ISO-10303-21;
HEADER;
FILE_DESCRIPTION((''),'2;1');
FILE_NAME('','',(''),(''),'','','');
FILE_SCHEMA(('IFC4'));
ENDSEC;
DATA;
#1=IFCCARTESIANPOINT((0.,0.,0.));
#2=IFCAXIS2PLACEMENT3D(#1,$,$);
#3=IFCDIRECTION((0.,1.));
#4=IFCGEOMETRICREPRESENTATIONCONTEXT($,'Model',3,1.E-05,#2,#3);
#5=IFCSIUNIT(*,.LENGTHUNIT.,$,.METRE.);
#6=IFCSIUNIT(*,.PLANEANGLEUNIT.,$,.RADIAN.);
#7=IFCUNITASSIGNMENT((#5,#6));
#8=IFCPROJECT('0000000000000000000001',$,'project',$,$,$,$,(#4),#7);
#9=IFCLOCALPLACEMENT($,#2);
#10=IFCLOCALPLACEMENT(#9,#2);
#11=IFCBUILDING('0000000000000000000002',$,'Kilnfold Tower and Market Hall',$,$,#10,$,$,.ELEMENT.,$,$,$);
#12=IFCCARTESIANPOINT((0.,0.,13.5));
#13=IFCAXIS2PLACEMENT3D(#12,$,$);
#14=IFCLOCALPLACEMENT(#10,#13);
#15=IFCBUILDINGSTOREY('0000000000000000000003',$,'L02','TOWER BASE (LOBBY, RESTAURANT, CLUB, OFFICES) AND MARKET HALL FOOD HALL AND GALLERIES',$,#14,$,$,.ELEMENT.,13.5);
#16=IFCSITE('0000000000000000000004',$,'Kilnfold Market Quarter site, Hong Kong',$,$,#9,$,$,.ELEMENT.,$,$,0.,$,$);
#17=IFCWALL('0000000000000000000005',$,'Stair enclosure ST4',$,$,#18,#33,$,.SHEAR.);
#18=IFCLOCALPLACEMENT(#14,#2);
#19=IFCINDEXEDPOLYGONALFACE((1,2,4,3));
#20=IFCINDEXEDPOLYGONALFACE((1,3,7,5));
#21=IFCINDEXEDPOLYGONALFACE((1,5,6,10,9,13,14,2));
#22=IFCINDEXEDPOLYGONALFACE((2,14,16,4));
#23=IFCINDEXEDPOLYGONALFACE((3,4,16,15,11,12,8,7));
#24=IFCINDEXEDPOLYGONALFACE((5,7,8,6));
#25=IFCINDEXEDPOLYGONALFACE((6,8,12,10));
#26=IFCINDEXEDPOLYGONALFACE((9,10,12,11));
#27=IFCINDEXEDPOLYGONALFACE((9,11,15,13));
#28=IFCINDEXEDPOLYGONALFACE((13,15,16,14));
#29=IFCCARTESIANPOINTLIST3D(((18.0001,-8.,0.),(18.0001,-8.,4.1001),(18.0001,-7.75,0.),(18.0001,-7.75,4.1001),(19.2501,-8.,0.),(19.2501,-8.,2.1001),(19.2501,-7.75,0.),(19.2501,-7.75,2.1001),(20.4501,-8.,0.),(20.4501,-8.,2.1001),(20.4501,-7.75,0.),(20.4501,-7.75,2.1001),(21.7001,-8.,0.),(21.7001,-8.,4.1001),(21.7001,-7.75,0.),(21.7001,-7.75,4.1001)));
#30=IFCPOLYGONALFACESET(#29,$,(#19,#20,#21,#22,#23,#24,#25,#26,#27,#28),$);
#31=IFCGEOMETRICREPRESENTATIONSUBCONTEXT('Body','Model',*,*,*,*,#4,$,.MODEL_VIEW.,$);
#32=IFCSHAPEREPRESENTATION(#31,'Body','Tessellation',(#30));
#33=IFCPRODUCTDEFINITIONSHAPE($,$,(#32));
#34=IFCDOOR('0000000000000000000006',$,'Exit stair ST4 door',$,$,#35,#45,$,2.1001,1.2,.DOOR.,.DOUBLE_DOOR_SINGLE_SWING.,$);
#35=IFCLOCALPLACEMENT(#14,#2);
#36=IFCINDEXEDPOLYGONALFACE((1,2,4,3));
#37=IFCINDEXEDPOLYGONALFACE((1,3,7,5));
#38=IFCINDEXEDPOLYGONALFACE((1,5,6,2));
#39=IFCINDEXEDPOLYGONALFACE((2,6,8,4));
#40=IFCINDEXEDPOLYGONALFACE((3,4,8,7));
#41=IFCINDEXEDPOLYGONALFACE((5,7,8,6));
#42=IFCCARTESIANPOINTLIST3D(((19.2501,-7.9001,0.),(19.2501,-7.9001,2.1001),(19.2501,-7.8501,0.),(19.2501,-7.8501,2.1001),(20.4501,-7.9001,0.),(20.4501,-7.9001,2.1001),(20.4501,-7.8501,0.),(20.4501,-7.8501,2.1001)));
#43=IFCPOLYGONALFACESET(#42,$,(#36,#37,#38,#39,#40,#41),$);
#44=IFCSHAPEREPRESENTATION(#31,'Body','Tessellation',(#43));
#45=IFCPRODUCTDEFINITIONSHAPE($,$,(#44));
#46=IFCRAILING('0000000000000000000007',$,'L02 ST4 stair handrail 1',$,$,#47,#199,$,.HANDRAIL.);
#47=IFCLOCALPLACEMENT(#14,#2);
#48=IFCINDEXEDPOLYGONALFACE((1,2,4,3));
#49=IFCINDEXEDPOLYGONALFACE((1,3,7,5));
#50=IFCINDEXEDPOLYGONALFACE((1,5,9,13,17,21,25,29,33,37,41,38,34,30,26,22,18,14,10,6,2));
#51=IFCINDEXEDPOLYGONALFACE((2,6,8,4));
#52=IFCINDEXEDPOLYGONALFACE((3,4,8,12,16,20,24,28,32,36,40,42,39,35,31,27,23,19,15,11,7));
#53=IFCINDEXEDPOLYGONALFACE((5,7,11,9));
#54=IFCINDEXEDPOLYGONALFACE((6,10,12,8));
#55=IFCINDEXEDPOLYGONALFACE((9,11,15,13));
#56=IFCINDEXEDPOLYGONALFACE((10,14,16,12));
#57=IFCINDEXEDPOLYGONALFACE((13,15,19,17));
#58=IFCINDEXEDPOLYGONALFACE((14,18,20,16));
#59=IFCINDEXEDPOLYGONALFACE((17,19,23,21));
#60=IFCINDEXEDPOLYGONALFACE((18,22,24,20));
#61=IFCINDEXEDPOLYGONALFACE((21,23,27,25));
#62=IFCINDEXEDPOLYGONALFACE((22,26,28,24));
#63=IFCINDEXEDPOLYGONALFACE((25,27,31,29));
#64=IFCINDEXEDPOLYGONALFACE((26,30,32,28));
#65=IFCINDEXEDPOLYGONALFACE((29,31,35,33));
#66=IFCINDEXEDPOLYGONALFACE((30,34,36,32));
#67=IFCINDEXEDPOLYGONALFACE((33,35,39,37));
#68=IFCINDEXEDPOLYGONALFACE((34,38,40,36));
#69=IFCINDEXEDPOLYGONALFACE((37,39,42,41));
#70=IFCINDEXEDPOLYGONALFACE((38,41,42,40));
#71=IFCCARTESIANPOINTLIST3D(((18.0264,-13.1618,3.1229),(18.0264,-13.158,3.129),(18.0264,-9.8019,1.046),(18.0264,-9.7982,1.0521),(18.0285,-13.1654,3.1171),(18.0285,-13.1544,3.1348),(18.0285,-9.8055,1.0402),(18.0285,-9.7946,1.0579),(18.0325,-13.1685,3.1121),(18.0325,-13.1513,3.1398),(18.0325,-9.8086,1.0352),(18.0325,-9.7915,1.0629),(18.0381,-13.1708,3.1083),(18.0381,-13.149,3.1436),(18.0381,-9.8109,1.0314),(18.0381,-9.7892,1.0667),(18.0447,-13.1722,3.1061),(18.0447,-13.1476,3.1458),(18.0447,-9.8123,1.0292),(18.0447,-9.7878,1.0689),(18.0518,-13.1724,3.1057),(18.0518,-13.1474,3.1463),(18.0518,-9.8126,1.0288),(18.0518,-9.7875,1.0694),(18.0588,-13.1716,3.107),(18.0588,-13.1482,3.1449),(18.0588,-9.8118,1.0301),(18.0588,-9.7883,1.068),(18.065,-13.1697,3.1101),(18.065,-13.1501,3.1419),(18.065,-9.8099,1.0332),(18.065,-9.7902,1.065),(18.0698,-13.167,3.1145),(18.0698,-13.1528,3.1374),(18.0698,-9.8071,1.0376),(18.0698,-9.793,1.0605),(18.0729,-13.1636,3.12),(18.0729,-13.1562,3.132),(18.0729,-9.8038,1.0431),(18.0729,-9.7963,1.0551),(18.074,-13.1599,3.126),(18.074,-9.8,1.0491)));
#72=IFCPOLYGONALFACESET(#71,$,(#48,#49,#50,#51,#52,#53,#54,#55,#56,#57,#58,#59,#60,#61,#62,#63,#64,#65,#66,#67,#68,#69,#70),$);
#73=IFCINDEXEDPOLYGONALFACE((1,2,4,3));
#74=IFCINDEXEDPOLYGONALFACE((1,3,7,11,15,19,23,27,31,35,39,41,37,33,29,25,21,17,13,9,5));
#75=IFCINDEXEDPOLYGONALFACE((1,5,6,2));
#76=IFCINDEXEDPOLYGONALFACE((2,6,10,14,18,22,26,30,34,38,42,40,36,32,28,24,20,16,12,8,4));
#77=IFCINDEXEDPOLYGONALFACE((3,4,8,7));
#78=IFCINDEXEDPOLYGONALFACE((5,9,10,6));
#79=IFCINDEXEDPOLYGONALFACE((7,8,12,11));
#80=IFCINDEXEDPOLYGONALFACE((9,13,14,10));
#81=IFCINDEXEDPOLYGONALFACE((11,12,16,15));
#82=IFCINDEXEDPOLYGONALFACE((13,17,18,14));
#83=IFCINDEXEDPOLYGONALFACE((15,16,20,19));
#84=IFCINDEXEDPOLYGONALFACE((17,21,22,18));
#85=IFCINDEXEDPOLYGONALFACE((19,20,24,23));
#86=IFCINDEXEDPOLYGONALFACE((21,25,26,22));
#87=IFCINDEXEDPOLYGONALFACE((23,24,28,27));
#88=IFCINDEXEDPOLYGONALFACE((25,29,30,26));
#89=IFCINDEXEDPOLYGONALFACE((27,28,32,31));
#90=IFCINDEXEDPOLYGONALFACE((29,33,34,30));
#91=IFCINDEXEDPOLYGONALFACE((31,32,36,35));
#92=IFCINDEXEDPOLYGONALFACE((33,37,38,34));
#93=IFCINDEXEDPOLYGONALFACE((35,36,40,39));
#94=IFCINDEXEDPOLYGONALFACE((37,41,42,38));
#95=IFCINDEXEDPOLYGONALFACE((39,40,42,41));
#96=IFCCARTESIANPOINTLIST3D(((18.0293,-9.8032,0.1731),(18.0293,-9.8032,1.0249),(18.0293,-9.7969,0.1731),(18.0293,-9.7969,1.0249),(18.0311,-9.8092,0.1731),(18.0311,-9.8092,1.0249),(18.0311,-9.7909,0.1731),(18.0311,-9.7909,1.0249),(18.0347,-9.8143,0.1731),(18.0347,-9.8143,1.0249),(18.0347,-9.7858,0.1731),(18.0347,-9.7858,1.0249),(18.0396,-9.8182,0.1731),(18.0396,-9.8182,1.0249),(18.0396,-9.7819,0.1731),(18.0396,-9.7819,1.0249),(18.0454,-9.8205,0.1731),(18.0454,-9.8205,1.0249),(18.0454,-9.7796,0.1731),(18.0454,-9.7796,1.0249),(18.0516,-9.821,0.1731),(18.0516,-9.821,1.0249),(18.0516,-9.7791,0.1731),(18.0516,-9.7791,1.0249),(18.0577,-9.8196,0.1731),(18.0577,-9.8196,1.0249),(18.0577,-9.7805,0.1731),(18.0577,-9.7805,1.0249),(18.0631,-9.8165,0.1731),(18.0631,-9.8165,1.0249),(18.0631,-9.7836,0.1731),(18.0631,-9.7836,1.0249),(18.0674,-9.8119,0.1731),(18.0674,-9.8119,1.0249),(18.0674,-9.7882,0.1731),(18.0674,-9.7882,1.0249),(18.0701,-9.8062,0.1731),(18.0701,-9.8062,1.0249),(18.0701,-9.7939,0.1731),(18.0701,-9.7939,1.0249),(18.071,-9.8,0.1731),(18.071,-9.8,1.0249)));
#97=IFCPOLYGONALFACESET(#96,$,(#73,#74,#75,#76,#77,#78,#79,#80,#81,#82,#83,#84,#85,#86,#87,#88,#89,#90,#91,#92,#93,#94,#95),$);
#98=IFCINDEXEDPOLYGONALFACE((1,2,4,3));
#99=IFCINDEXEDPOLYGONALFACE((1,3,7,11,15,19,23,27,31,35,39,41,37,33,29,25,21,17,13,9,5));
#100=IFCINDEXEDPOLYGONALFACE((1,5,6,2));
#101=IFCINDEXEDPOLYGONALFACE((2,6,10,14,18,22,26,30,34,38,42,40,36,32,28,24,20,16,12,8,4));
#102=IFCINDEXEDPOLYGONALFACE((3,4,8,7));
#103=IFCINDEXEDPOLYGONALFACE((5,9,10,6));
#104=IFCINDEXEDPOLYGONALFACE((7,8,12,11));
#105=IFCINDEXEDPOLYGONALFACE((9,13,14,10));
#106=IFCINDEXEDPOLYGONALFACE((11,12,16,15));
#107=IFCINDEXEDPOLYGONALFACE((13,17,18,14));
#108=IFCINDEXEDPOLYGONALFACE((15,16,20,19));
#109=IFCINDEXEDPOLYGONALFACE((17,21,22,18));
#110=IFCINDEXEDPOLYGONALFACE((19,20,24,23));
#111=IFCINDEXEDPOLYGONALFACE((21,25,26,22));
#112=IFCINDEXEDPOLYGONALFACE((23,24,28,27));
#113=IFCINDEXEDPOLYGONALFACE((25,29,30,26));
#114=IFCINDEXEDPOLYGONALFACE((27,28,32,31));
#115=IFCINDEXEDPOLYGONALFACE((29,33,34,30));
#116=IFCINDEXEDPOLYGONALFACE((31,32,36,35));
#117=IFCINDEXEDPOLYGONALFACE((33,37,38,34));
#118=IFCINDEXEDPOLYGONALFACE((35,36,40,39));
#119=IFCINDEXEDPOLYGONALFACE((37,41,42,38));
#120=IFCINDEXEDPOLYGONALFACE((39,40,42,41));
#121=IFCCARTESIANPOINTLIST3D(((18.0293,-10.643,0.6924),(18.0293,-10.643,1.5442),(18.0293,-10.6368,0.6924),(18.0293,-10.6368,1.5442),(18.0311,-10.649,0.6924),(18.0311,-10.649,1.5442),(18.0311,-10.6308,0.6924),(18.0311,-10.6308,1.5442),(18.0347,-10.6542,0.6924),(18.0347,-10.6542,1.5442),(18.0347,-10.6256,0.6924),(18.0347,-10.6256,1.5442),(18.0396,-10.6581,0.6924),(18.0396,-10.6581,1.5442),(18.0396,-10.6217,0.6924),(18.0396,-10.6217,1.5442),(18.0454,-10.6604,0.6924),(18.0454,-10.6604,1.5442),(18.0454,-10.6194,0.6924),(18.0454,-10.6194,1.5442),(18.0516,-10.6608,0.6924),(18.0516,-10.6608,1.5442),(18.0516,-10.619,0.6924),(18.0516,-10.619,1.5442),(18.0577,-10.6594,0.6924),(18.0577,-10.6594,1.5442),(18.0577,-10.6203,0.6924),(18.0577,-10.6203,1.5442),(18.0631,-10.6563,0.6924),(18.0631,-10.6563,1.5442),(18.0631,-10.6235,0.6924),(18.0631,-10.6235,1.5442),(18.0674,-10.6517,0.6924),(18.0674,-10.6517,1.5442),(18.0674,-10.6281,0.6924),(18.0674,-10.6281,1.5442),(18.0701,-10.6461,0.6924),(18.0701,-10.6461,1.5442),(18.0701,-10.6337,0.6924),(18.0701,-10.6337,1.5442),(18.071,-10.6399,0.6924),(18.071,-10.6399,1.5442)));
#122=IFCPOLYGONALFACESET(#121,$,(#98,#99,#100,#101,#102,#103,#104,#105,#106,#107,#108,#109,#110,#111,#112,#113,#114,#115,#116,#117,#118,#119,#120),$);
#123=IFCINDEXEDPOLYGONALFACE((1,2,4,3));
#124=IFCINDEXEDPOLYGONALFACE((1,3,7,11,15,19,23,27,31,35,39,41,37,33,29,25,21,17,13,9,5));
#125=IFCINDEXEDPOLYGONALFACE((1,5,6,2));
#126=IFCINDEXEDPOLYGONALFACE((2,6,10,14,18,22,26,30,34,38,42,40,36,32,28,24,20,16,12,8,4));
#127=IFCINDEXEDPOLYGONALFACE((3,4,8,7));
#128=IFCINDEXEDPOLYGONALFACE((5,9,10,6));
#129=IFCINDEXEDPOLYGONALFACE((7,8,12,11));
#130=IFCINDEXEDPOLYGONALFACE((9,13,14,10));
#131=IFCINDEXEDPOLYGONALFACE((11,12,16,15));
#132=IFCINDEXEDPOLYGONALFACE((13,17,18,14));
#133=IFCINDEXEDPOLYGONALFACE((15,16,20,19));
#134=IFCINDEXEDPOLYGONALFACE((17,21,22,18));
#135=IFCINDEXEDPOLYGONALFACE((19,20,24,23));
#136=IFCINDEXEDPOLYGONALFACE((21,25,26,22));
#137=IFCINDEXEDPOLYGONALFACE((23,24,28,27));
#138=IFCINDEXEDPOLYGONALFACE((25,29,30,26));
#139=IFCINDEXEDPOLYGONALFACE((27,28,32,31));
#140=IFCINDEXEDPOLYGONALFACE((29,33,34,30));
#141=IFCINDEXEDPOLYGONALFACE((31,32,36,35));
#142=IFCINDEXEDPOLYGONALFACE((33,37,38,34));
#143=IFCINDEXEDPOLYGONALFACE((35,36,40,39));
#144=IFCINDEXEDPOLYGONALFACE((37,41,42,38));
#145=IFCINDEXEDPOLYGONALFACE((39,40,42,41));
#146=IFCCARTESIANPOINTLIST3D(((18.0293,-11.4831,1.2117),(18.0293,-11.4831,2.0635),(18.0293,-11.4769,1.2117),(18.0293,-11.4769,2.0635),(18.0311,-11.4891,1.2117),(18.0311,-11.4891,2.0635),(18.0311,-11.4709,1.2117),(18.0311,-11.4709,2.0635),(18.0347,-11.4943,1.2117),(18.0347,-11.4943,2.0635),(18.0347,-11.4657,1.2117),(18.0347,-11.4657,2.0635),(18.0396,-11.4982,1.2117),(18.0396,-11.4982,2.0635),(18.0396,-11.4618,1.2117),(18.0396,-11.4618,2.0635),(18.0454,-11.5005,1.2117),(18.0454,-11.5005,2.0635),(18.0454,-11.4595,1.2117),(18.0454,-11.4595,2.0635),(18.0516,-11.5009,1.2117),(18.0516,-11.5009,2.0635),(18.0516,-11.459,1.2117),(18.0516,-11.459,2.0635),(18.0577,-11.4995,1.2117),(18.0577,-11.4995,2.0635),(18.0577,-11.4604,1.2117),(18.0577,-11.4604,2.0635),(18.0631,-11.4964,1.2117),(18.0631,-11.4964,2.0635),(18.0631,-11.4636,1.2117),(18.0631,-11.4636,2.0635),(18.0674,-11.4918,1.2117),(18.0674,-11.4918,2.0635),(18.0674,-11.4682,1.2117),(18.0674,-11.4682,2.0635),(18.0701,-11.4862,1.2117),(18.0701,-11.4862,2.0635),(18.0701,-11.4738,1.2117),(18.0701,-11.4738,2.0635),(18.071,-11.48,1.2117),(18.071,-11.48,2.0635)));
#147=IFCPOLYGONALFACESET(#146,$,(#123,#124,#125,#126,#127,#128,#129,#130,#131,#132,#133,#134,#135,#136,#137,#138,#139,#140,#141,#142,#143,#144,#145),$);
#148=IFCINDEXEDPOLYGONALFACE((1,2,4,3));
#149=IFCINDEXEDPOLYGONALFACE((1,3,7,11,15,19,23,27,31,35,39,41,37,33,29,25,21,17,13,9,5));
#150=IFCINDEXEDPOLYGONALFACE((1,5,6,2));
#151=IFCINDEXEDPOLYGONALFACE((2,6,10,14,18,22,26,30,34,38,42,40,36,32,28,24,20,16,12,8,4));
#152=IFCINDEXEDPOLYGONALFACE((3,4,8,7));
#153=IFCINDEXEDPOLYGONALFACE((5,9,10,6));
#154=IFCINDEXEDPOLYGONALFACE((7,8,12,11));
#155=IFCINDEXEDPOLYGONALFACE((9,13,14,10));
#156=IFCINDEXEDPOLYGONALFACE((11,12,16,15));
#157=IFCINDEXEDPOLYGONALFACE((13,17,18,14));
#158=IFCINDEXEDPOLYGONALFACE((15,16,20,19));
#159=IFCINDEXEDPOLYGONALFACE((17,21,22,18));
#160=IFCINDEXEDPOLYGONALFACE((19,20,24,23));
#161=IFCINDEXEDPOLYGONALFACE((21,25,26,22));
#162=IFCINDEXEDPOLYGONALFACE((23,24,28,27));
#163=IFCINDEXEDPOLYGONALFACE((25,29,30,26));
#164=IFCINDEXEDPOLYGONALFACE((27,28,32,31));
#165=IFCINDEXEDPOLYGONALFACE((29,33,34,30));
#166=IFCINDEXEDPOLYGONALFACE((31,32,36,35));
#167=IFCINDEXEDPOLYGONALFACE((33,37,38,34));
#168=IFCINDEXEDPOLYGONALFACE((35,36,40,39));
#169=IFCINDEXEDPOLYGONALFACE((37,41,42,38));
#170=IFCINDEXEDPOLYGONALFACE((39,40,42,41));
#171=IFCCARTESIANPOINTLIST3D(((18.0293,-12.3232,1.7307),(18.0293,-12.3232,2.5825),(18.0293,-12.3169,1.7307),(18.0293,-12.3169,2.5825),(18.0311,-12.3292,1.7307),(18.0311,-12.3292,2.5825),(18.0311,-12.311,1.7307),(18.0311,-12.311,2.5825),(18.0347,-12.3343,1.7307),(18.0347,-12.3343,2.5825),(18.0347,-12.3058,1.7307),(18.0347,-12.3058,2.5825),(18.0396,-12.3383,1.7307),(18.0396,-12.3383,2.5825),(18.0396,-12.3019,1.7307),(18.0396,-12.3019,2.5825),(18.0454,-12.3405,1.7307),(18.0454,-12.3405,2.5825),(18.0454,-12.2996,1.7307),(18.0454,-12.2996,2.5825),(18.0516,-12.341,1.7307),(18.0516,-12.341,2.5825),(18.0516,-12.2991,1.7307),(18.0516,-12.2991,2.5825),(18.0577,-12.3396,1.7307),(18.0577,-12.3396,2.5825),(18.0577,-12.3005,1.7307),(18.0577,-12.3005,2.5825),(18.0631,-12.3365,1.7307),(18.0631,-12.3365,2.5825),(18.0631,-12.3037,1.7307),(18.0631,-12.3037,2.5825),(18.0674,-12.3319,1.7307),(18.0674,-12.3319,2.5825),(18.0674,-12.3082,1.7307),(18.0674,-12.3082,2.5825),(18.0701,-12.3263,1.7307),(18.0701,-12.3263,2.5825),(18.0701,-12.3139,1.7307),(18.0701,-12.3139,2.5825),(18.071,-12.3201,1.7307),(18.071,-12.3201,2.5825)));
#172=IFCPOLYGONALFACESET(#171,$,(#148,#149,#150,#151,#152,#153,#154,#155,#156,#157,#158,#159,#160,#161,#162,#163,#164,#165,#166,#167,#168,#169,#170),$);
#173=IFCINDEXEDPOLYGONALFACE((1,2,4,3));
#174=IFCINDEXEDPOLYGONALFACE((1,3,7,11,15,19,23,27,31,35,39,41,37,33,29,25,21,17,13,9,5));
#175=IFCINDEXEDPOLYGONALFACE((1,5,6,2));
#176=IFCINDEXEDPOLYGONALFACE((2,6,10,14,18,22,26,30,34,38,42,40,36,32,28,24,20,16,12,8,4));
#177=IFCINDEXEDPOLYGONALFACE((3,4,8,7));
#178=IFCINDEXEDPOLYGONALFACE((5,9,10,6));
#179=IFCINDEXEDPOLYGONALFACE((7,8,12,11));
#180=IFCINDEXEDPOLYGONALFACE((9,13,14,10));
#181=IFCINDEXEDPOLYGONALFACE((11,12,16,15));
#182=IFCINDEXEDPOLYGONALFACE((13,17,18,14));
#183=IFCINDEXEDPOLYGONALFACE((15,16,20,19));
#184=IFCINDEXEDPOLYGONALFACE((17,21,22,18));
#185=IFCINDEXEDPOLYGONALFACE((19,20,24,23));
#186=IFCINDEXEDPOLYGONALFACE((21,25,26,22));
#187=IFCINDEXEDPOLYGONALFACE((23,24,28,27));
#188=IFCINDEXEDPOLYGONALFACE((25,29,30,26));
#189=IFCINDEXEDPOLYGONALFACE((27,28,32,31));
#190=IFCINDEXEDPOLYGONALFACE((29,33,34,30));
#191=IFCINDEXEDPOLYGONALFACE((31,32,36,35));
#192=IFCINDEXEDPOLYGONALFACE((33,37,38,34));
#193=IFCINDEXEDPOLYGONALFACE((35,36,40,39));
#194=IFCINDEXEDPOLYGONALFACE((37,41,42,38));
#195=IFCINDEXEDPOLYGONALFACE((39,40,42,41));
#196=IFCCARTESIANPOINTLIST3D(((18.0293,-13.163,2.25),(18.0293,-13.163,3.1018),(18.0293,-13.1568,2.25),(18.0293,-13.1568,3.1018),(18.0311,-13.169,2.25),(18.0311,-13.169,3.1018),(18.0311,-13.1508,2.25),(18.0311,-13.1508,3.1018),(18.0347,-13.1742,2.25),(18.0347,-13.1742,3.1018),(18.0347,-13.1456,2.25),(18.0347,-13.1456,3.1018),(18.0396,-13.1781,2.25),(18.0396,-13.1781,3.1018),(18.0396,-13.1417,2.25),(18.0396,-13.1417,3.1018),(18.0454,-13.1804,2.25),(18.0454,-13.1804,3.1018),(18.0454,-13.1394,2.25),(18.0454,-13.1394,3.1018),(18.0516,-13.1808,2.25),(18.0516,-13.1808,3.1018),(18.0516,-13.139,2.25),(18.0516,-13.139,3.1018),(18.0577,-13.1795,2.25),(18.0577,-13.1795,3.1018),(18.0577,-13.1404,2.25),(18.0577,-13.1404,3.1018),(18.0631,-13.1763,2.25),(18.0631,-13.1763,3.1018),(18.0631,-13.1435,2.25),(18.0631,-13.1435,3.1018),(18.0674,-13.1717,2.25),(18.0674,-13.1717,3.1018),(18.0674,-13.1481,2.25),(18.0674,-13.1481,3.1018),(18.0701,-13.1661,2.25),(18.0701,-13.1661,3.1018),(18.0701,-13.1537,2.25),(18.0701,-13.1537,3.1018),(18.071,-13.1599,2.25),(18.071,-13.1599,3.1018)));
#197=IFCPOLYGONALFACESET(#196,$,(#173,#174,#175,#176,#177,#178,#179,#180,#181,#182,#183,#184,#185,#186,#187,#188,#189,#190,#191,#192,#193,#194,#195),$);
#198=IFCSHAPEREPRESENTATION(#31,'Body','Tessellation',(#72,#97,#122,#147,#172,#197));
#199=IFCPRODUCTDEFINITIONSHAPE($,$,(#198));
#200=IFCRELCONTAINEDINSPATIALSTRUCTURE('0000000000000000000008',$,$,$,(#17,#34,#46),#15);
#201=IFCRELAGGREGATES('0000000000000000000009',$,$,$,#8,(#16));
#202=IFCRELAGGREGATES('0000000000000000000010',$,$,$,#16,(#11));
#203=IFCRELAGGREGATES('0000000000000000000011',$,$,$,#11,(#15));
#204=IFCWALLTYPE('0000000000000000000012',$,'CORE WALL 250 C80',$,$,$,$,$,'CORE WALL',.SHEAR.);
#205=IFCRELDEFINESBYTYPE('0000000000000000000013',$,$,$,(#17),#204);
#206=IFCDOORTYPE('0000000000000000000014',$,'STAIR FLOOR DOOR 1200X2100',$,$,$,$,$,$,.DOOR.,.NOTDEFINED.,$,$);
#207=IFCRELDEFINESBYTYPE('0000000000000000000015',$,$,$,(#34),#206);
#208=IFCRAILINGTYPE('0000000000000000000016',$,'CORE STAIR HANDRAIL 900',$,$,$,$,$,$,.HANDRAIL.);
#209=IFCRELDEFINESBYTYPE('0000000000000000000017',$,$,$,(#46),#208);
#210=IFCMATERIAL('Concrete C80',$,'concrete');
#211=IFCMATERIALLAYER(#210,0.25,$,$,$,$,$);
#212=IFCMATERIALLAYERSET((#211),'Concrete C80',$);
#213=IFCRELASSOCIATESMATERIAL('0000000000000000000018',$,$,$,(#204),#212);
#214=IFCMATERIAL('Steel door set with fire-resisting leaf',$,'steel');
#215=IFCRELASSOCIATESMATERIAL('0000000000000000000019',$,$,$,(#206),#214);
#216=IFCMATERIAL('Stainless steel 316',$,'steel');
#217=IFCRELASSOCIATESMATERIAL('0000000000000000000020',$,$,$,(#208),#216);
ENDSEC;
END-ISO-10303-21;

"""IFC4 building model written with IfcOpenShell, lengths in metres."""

from ifc_helpers import new_model, si_unit, direction, frame, frame_2d, origin, origin_2d, place, context, subcontext, project, spatial, rectangle, circle, extrude, source, transform, mapped, material, layer, layer_set, type_object, element, fill, save


model = new_model("IFC4")

# Units and contexts
model_context = context("Model", 3, precision=1e-05, world=origin(), true_north=direction((0.0, 1.0)))
body_context = subcontext(model_context, "Body", "Model", "MODEL_VIEW")
ifc_project = project(units=[si_unit("LENGTHUNIT", "METRE"), si_unit("PLANEANGLEUNIT", "RADIAN")], contexts=[model_context])

# Site, building, storey
site_placement = place(None, origin())
site = spatial("IfcSite", under=ifc_project, at=site_placement, Name="Kilnfold Market Quarter site, Hong Kong", CompositionType="ELEMENT", RefElevation=0.0)
building_placement = place(site_placement, origin())
building = spatial("IfcBuilding", under=site, at=building_placement, Name="Kilnfold Tower and Market Hall", CompositionType="ELEMENT")
storey_placement = place(building_placement, frame((0.0, 0.0, 13.5)))
storey = spatial("IfcBuildingStorey", under=building, at=storey_placement, Name="L02", Description="TOWER BASE (LOBBY, RESTAURANT, CLUB, OFFICES) AND MARKET HALL FOOD HALL AND GALLERIES", CompositionType="ELEMENT", Elevation=13.5)

# Wall, opening, door
ifc_material_1 = material(Name="Concrete C80", Category="concrete")
ifc_layer_1 = layer(ifc_material_1, 0.25)
ifc_layer_set_1 = layer_set([ifc_layer_1], Name="Concrete C80")
wall_type_1 = type_object("IfcWallType", Name="CORE WALL 250 C80", ElementType="CORE WALL", PredefinedType="SHEAR", material=ifc_layer_set_1)
shared_shape_1 = source(origin(), body_context, "Body", "SweptSolid", [
    extrude(rectangle(XDim=3.7, YDim=0.25, at=frame_2d((1.8501, 0.0))), origin(), (0.0, 0.0, 1.0), 4.1001),
])
wall_1_placement = place(storey_placement, frame((18.0, -7.875, 0.0), z_axis=(0.0, 0.0, 1.0), x_axis=(1.0, 0.0, 0.0)))
wall_1 = element("IfcWall", 1, at=wall_1_placement, inside=storey, type_object=wall_type_1, Name="Stair enclosure ST4", PredefinedType="SHEAR", context=body_context, shape_type="MappedRepresentation", body=[
    mapped(shared_shape_1, transform((0.0, 0.0, 0.0))),
])
opening_1_placement = place(wall_1_placement, frame((1.25, 0.0, 0.0)))
opening_1 = element("IfcOpeningElement", 2, at=opening_1_placement, cuts=wall_1, PredefinedType="OPENING", context=body_context, shape_type="SweptSolid", body=[
    extrude(rectangle(XDim=1.2, YDim=2.1001, at=frame_2d((0.6001, 1.05))), frame((0.0, 0.135, 0.0), z_axis=(0.0, -1.0, 0.0), x_axis=(1.0, 0.0, 0.0)), (0.0, 0.0, 1.0), 0.27),
])
ifc_material_2 = material(Name="Steel door set with fire-resisting leaf", Category="steel")
door_type_1 = type_object("IfcDoorType", Name="STAIR FLOOR DOOR 1200X2100", OperationType="NOTDEFINED", PredefinedType="DOOR", material=ifc_material_2)
door_1_placement = place(opening_1_placement, origin())
door_1 = element("IfcDoor", 3, at=door_1_placement, inside=storey, type_object=door_type_1, Name="Exit stair ST4 door", OperationType="DOUBLE_DOOR_SINGLE_SWING", OverallHeight=2.1001, OverallWidth=1.2, PredefinedType="DOOR", context=body_context, shape_type="SweptSolid", body=[
    extrude(rectangle(XDim=1.2, YDim=2.1001, at=frame_2d((0.6001, 1.05))), frame((0.0, 0.0249, 0.0), z_axis=(0.0, -1.0, 0.0), x_axis=(1.0, 0.0, 0.0)), (0.0, 0.0, 1.0), 0.05),
])
fill(opening_1, door_1)

# Railing
ifc_material_3 = material(Name="Stainless steel 316", Category="steel")
railing_type_1 = type_object("IfcRailingType", Name="CORE STAIR HANDRAIL 900", PredefinedType="HANDRAIL", material=ifc_material_3)
railing_1_placement = place(storey_placement, frame((18.05, -9.8, 0.1731)))
element("IfcRailing", 4, at=railing_1_placement, inside=storey, type_object=railing_type_1, Name="L02 ST4 stair handrail 1", PredefinedType="HANDRAIL", context=body_context, shape_type="SweptSolid", body=[
    extrude(circle(Radius=0.0239, at=origin_2d()), frame((0.0, 0.0, 0.876), z_axis=(0.0, -0.850606, 0.525803), x_axis=(1.0, 0.0, 0.0)), (0.0, 0.0, 1.0), 3.95),
    extrude(circle(Radius=0.021, at=origin_2d()), origin(), (0.0, 0.0, 1.0), 0.8518),
    extrude(circle(Radius=0.021, at=origin_2d()), frame((0.0, -0.8398, 0.5193)), (0.0, 0.0, 1.0), 0.8518),
    extrude(circle(Radius=0.021, at=origin_2d()), frame((0.0, -1.6799, 1.0386)), (0.0, 0.0, 1.0), 0.8518),
    extrude(circle(Radius=0.021, at=origin_2d()), frame((0.0, -2.52, 1.5576)), (0.0, 0.0, 1.0), 0.8518),
    extrude(circle(Radius=0.021, at=origin_2d()), frame((0.0, -3.3599, 2.0769)), (0.0, 0.0, 1.0), 0.8518),
])

save(model, "model.ifc")
